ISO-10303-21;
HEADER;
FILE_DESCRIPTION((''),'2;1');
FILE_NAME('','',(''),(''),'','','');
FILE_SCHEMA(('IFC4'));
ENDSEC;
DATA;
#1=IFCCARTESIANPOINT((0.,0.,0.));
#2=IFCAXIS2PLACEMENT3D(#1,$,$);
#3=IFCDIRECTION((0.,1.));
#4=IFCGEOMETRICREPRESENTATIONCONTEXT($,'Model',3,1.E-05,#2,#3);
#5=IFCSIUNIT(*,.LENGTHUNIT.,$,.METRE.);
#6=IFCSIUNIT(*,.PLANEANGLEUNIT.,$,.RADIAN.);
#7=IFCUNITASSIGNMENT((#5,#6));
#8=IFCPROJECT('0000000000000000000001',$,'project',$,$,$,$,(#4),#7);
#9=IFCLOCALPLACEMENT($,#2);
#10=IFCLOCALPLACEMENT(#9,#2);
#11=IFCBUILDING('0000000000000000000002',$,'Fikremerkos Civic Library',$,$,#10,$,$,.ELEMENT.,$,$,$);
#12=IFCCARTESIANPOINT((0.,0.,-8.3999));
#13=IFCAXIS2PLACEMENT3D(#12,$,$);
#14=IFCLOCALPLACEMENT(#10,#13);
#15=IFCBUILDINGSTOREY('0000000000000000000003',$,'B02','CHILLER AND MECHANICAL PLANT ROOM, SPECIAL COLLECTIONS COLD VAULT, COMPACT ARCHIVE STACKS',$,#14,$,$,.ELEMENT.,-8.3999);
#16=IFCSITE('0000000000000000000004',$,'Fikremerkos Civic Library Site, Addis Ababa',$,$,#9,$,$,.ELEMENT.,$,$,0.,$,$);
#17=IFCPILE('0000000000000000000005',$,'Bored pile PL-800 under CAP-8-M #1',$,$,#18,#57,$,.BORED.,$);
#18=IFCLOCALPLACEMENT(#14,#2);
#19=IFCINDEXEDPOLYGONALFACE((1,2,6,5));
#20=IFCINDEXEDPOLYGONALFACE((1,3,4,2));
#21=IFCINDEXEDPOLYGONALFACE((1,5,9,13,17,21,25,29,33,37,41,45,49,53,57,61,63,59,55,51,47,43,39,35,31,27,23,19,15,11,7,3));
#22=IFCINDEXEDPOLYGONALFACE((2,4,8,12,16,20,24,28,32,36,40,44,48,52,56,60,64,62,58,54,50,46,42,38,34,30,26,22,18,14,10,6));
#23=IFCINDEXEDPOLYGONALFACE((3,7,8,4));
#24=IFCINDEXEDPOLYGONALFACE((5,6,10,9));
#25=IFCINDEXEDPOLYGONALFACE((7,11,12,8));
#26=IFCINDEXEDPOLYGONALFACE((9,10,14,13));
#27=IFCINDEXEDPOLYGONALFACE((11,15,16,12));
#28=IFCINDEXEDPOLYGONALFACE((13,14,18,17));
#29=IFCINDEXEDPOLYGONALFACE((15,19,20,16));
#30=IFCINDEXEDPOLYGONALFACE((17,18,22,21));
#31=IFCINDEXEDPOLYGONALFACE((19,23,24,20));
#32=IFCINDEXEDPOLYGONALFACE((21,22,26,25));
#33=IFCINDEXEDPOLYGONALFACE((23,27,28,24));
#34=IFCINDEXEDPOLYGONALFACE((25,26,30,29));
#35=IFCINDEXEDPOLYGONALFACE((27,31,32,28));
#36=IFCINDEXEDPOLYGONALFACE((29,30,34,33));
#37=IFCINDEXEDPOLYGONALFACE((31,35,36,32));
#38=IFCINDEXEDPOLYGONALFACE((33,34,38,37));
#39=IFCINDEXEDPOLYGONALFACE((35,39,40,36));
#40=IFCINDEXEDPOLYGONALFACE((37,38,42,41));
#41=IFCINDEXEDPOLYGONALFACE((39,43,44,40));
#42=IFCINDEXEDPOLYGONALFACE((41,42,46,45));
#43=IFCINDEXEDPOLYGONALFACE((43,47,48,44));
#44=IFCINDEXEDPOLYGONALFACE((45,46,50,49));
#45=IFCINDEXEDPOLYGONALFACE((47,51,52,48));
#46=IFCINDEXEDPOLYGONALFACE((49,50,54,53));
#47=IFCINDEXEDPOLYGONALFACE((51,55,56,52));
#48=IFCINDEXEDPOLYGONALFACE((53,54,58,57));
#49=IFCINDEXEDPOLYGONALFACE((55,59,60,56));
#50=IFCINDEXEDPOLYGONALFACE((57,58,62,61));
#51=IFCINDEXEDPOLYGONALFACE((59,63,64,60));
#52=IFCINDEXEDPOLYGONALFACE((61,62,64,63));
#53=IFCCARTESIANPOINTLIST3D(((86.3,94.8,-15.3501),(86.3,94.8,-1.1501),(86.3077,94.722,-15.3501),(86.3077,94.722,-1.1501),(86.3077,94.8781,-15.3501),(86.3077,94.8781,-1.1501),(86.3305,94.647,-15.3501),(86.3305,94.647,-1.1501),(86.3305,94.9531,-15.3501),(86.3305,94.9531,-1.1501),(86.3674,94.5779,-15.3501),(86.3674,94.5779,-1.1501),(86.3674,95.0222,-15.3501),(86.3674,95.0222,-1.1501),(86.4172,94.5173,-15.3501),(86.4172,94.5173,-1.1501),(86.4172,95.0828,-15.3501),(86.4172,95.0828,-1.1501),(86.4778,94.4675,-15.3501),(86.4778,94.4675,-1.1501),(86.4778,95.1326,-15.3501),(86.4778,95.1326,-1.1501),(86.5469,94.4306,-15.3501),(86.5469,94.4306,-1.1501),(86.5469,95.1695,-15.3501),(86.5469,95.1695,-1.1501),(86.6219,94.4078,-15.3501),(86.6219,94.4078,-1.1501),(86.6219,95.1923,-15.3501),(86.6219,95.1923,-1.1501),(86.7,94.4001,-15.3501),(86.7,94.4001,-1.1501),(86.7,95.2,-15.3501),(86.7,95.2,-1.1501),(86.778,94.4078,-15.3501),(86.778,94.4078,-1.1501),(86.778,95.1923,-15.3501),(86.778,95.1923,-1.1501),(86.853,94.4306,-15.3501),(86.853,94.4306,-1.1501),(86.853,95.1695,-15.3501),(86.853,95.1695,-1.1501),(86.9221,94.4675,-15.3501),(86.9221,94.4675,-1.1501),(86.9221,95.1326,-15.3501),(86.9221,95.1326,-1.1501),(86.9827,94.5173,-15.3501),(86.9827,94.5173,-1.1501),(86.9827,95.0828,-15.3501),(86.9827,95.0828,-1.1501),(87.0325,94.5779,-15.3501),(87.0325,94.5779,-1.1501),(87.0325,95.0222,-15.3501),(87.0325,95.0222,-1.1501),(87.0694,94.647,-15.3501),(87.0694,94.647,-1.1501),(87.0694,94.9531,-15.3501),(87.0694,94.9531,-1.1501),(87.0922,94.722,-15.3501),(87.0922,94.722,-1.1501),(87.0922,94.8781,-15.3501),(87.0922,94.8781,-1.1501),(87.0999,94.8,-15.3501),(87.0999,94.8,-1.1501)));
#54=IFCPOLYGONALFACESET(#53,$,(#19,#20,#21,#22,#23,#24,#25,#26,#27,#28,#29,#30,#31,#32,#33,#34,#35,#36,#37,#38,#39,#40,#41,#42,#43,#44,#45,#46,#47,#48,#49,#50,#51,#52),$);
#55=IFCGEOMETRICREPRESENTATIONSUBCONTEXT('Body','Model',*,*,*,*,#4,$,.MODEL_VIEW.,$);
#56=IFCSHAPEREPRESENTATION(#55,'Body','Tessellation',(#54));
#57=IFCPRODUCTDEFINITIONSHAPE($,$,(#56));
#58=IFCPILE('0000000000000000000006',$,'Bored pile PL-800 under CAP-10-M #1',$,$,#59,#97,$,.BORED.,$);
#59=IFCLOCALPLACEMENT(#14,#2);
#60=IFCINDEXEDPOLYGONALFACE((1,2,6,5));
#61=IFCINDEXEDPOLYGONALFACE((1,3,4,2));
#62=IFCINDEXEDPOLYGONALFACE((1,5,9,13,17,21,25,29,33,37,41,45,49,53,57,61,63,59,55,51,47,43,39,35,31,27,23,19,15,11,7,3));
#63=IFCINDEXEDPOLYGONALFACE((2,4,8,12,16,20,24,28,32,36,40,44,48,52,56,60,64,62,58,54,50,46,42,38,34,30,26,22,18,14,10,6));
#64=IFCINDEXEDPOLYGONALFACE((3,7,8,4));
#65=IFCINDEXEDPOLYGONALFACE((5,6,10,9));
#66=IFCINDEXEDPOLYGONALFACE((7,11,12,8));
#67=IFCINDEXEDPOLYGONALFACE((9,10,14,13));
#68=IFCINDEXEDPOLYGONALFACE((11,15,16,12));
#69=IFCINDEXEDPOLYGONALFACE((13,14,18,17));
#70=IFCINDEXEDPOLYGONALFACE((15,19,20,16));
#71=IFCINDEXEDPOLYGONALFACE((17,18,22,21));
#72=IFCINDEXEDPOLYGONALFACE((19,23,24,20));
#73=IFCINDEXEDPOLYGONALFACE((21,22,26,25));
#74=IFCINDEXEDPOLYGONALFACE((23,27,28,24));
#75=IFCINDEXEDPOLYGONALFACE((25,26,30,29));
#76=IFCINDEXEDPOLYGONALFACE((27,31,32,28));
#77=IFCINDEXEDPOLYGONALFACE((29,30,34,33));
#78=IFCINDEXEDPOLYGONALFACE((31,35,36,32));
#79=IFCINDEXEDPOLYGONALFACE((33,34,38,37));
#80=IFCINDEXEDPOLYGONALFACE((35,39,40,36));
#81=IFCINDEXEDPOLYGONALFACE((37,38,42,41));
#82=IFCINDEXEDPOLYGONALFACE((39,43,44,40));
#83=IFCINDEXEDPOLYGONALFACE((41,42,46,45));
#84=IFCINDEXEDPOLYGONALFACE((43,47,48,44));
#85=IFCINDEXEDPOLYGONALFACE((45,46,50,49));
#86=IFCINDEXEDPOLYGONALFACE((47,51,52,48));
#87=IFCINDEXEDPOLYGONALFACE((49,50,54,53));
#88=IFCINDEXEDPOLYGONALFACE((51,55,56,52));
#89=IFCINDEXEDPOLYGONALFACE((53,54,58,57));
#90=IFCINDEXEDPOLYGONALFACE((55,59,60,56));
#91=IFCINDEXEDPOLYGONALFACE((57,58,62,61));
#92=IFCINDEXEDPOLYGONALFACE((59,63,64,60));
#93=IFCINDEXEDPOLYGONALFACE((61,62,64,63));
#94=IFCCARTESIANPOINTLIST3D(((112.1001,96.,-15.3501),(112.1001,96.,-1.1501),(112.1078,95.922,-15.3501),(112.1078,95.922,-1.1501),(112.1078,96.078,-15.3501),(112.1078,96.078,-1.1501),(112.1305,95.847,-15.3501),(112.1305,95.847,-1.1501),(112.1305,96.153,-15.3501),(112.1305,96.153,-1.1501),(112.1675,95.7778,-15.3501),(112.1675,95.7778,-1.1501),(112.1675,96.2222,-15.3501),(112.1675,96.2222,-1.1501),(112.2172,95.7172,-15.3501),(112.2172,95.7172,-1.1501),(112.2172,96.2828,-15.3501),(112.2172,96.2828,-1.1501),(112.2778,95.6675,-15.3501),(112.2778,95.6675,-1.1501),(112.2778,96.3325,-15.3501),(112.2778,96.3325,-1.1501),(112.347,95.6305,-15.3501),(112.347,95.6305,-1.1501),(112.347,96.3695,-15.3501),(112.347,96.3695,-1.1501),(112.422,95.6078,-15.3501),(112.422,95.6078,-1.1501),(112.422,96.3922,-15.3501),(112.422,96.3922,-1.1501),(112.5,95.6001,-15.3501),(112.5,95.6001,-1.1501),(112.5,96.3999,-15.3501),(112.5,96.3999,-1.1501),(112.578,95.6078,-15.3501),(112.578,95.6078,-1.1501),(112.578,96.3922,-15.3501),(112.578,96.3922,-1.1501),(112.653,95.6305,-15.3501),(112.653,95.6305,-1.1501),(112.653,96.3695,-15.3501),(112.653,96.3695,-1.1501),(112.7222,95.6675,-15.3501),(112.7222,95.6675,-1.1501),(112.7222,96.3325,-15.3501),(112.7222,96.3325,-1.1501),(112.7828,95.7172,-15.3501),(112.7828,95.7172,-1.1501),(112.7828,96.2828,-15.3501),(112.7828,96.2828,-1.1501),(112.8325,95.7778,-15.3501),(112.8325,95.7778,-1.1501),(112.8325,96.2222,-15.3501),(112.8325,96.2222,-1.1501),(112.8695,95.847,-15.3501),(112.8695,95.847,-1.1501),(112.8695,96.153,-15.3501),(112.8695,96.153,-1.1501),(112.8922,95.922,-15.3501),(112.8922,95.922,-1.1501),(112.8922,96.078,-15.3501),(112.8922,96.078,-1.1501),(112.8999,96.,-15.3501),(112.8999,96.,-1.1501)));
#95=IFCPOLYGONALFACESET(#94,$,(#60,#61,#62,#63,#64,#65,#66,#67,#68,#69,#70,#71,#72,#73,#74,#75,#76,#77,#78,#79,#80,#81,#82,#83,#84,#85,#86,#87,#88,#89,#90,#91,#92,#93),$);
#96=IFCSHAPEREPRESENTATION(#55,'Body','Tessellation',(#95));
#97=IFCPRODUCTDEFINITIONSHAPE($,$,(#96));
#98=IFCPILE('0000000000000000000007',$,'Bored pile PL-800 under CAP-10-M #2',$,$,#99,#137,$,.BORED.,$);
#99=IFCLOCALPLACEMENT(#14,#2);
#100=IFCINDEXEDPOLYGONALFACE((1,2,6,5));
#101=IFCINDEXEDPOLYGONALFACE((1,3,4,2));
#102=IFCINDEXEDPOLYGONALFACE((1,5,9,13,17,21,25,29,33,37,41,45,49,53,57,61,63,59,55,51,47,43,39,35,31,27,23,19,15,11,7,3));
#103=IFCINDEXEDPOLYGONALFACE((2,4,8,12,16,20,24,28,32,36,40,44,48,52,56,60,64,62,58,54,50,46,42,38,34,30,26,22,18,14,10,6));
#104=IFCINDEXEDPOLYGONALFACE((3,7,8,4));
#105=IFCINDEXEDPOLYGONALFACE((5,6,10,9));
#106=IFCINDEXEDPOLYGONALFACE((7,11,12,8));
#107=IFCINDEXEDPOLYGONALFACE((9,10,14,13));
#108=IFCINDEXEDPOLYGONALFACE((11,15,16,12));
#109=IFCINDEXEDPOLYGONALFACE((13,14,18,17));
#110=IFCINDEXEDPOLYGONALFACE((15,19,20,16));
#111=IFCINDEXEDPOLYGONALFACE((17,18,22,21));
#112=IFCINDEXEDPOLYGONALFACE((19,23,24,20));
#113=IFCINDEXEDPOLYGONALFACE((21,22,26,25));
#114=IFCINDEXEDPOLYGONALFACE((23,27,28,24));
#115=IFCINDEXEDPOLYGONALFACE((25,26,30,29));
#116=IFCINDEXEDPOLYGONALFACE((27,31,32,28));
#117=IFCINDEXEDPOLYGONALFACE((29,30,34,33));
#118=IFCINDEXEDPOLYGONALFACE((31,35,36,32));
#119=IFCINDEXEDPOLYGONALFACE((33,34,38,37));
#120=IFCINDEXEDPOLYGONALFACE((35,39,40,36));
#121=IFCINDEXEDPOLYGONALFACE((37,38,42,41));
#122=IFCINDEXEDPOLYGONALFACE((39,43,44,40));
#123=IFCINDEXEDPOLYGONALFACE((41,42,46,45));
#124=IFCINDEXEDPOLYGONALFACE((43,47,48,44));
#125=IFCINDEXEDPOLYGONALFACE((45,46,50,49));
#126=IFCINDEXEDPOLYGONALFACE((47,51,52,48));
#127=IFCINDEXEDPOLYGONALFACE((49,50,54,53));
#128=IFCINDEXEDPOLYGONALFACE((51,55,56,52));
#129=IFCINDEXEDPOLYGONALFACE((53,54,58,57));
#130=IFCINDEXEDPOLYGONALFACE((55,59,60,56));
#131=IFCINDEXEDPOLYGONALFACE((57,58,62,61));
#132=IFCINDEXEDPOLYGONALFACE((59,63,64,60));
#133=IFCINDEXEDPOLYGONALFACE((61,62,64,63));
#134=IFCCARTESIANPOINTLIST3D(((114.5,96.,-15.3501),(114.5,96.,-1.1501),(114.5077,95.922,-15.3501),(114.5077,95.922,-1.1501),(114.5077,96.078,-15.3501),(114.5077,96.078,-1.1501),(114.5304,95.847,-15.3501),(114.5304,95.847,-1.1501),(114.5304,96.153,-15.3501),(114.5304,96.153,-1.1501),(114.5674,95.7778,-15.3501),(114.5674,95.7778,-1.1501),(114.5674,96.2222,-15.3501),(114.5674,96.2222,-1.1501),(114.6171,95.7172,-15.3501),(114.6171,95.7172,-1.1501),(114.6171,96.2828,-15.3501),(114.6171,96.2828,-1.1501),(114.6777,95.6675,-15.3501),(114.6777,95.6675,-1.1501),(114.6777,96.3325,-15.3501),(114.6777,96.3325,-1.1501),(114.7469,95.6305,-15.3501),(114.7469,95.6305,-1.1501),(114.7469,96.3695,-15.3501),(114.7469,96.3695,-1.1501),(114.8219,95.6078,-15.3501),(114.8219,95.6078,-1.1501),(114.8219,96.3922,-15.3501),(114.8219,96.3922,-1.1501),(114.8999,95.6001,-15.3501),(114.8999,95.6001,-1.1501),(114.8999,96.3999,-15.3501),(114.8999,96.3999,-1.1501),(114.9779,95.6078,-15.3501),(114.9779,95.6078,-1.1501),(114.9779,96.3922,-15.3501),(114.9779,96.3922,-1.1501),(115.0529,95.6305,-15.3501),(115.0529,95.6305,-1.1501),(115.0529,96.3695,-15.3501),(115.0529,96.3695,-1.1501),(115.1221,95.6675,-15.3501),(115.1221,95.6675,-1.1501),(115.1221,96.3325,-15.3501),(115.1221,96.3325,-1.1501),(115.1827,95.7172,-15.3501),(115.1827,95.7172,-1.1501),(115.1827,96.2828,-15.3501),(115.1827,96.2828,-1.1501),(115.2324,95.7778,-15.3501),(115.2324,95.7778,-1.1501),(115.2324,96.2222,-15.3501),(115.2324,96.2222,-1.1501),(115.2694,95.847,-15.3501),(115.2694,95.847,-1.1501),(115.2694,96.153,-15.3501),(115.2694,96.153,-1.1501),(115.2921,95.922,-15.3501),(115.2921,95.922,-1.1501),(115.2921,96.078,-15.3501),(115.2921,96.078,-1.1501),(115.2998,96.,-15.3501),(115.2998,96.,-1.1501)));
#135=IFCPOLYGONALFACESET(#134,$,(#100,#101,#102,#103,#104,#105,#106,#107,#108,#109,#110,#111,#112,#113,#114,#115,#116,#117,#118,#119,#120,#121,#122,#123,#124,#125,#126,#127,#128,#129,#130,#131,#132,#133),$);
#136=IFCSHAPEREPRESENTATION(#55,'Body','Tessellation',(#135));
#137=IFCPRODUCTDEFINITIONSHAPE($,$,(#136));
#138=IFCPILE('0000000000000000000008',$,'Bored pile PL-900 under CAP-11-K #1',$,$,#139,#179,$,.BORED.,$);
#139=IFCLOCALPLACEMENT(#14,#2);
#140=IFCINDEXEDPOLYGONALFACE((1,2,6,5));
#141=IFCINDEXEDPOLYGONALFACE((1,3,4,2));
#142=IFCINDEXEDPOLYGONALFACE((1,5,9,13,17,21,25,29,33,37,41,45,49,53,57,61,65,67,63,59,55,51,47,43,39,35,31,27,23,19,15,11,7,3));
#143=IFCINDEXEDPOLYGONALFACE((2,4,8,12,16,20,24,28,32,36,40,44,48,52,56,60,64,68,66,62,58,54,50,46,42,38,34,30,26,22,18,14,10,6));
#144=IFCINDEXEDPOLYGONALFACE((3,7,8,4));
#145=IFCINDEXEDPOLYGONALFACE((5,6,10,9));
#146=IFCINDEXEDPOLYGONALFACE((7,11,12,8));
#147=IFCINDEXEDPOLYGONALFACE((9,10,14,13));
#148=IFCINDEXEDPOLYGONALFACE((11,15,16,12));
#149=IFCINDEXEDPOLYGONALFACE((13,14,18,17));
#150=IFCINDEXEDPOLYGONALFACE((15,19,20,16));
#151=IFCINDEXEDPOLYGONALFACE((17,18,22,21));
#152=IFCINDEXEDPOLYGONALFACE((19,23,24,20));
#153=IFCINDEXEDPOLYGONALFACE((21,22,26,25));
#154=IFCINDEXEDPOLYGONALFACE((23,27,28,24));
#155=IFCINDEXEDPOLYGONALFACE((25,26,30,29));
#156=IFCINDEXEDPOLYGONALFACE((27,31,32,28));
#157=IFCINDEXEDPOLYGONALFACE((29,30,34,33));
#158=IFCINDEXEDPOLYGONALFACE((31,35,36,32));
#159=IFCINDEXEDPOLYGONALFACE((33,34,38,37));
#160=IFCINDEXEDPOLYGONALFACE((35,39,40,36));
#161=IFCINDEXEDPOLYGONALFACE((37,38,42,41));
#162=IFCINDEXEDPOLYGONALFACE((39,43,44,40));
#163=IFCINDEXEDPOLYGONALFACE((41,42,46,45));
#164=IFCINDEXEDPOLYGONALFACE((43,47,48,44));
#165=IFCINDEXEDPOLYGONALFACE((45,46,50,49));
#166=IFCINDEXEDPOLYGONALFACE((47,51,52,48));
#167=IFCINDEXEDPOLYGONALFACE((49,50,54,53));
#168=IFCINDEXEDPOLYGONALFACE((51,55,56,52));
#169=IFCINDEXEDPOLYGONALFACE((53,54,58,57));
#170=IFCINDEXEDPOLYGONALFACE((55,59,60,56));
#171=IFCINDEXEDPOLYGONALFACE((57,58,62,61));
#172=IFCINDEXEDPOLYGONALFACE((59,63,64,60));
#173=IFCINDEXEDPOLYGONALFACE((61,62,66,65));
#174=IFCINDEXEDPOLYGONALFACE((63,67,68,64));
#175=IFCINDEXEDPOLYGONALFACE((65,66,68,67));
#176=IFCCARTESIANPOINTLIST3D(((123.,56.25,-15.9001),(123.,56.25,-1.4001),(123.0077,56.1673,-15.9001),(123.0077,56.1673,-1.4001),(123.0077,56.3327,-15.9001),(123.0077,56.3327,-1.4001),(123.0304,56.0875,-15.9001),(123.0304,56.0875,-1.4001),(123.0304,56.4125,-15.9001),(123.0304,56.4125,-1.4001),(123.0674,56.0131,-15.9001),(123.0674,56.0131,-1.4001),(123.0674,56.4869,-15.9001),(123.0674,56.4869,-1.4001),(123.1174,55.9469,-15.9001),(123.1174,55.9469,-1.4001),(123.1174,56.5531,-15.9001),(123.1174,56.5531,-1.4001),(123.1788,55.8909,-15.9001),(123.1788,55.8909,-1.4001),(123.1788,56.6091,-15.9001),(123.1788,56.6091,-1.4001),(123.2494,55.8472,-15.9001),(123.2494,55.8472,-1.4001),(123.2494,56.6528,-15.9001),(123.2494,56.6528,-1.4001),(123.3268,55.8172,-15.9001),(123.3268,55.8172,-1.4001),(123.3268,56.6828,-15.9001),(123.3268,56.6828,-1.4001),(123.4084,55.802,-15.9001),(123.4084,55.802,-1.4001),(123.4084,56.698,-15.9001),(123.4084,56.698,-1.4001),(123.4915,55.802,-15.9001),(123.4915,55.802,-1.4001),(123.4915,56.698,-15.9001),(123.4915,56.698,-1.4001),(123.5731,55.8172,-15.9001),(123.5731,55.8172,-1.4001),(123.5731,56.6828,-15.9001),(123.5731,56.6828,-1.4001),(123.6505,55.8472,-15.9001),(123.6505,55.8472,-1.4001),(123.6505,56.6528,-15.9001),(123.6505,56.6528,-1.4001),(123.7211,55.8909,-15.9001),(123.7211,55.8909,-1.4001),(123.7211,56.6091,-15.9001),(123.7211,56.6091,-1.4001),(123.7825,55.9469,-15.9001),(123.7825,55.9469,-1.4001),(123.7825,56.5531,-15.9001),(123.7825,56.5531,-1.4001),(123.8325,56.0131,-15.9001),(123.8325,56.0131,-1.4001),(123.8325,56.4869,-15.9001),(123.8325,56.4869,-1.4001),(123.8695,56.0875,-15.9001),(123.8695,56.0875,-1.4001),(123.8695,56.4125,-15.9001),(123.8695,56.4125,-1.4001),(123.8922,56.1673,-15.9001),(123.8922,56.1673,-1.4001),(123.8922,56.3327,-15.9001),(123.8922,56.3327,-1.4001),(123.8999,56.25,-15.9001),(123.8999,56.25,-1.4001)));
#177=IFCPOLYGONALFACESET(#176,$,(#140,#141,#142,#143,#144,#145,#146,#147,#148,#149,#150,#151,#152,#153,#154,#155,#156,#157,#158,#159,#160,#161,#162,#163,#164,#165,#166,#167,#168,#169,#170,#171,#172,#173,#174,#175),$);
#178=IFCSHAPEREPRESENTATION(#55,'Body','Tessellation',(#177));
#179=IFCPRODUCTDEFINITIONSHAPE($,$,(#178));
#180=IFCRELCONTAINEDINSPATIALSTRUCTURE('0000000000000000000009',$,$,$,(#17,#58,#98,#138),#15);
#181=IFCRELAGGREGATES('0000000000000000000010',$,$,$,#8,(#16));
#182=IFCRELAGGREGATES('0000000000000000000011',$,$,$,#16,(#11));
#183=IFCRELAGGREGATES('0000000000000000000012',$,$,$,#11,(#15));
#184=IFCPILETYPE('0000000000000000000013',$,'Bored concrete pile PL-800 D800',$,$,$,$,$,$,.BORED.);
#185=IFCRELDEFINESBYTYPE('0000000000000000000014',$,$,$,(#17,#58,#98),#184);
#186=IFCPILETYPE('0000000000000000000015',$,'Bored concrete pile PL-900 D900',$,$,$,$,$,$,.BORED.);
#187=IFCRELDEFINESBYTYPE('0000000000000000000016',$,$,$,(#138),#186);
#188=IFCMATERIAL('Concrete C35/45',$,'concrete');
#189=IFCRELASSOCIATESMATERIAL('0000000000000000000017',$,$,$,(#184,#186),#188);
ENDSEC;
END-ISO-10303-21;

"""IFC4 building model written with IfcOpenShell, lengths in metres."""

from ifc_helpers import new_model, si_unit, direction, frame, origin, origin_2d, place, context, subcontext, project, spatial, circle, extrude, material, material_profile, profile_set, type_object, element, save


model = new_model("IFC4")

# Units and contexts
model_context = context("Model", 3, precision=1e-05, world=origin(), true_north=direction((0.0, 1.0)))
body_context = subcontext(model_context, "Body", "Model", "MODEL_VIEW")
ifc_project = project(units=[si_unit("LENGTHUNIT", "METRE"), si_unit("PLANEANGLEUNIT", "RADIAN")], contexts=[model_context])

# Site, building, storey
site_placement = place(None, origin())
site = spatial("IfcSite", under=ifc_project, at=site_placement, Name="Fikremerkos Civic Library Site, Addis Ababa", CompositionType="ELEMENT", RefElevation=0.0)
building_placement = place(site_placement, origin())
building = spatial("IfcBuilding", under=site, at=building_placement, Name="Fikremerkos Civic Library", CompositionType="ELEMENT")
storey_placement = place(building_placement, frame((0.0, 0.0, -8.3999)))
storey = spatial("IfcBuildingStorey", under=building, at=storey_placement, Name="B02", Description="CHILLER AND MECHANICAL PLANT ROOM, SPECIAL COLLECTIONS COLD VAULT, COMPACT ARCHIVE STACKS", CompositionType="ELEMENT", Elevation=-8.3999)

# Piles
ifc_material_1 = material(Name="Concrete C35/45", Category="concrete")
ifc_material_profile_1 = material_profile(ifc_material_1, circle(Radius=0.3999, at=origin_2d()), Name="BORED PILE 800")
ifc_profile_set_1 = profile_set([ifc_material_profile_1], Name="Concrete C35/45")
pile_type_1 = type_object("IfcPileType", Name="Bored concrete pile PL-800 D800", PredefinedType="BORED", material=ifc_profile_set_1)
for number, where, z_axis, x_axis, name in (
    (1, (86.7, 94.8, -1.1501), (0.0, 0.0, -1.0), (1.0, 0.0, 0.0), "Bored pile PL-800 under CAP-8-M #1"),
    (2, (112.5, 96.0, -1.1501), (0.0, 0.0, -1.0), (1.0, 0.0, 0.0), "Bored pile PL-800 under CAP-10-M #1"),
    (3, (114.8999, 96.0, -1.1501), (0.0, 0.0, -1.0), (1.0, 0.0, 0.0), "Bored pile PL-800 under CAP-10-M #2"),
):
    element("IfcPile", number, at=place(storey_placement, frame(where, z_axis=z_axis, x_axis=x_axis)), inside=storey, type_object=pile_type_1, Name=name, PredefinedType="BORED", context=body_context, shape_type="SweptSolid", body=[
        extrude(circle(Radius=0.3999, at=origin_2d()), origin(), (0.0, 0.0, 1.0), 14.2),
    ])
ifc_material_profile_2 = material_profile(ifc_material_1, circle(Radius=0.45, at=origin_2d()), Name="BORED PILE 900")
ifc_profile_set_2 = profile_set([ifc_material_profile_2], Name="Concrete C35/45")
pile_type_2 = type_object("IfcPileType", Name="Bored concrete pile PL-900 D900", PredefinedType="BORED", material=ifc_profile_set_2)
for number, where, z_axis, x_axis, name in (
    (4, (123.45, 56.25, -1.4001), (0.0, 0.0, -1.0), (1.0, 0.0, 0.0), "Bored pile PL-900 under CAP-11-K #1"),
):
    element("IfcPile", number, at=place(storey_placement, frame(where, z_axis=z_axis, x_axis=x_axis)), inside=storey, type_object=pile_type_2, Name=name, PredefinedType="BORED", context=body_context, shape_type="SweptSolid", body=[
        extrude(circle(Radius=0.45, at=origin_2d()), origin(), (0.0, 0.0, 1.0), 14.5),
    ])

save(model, "model.ifc")
